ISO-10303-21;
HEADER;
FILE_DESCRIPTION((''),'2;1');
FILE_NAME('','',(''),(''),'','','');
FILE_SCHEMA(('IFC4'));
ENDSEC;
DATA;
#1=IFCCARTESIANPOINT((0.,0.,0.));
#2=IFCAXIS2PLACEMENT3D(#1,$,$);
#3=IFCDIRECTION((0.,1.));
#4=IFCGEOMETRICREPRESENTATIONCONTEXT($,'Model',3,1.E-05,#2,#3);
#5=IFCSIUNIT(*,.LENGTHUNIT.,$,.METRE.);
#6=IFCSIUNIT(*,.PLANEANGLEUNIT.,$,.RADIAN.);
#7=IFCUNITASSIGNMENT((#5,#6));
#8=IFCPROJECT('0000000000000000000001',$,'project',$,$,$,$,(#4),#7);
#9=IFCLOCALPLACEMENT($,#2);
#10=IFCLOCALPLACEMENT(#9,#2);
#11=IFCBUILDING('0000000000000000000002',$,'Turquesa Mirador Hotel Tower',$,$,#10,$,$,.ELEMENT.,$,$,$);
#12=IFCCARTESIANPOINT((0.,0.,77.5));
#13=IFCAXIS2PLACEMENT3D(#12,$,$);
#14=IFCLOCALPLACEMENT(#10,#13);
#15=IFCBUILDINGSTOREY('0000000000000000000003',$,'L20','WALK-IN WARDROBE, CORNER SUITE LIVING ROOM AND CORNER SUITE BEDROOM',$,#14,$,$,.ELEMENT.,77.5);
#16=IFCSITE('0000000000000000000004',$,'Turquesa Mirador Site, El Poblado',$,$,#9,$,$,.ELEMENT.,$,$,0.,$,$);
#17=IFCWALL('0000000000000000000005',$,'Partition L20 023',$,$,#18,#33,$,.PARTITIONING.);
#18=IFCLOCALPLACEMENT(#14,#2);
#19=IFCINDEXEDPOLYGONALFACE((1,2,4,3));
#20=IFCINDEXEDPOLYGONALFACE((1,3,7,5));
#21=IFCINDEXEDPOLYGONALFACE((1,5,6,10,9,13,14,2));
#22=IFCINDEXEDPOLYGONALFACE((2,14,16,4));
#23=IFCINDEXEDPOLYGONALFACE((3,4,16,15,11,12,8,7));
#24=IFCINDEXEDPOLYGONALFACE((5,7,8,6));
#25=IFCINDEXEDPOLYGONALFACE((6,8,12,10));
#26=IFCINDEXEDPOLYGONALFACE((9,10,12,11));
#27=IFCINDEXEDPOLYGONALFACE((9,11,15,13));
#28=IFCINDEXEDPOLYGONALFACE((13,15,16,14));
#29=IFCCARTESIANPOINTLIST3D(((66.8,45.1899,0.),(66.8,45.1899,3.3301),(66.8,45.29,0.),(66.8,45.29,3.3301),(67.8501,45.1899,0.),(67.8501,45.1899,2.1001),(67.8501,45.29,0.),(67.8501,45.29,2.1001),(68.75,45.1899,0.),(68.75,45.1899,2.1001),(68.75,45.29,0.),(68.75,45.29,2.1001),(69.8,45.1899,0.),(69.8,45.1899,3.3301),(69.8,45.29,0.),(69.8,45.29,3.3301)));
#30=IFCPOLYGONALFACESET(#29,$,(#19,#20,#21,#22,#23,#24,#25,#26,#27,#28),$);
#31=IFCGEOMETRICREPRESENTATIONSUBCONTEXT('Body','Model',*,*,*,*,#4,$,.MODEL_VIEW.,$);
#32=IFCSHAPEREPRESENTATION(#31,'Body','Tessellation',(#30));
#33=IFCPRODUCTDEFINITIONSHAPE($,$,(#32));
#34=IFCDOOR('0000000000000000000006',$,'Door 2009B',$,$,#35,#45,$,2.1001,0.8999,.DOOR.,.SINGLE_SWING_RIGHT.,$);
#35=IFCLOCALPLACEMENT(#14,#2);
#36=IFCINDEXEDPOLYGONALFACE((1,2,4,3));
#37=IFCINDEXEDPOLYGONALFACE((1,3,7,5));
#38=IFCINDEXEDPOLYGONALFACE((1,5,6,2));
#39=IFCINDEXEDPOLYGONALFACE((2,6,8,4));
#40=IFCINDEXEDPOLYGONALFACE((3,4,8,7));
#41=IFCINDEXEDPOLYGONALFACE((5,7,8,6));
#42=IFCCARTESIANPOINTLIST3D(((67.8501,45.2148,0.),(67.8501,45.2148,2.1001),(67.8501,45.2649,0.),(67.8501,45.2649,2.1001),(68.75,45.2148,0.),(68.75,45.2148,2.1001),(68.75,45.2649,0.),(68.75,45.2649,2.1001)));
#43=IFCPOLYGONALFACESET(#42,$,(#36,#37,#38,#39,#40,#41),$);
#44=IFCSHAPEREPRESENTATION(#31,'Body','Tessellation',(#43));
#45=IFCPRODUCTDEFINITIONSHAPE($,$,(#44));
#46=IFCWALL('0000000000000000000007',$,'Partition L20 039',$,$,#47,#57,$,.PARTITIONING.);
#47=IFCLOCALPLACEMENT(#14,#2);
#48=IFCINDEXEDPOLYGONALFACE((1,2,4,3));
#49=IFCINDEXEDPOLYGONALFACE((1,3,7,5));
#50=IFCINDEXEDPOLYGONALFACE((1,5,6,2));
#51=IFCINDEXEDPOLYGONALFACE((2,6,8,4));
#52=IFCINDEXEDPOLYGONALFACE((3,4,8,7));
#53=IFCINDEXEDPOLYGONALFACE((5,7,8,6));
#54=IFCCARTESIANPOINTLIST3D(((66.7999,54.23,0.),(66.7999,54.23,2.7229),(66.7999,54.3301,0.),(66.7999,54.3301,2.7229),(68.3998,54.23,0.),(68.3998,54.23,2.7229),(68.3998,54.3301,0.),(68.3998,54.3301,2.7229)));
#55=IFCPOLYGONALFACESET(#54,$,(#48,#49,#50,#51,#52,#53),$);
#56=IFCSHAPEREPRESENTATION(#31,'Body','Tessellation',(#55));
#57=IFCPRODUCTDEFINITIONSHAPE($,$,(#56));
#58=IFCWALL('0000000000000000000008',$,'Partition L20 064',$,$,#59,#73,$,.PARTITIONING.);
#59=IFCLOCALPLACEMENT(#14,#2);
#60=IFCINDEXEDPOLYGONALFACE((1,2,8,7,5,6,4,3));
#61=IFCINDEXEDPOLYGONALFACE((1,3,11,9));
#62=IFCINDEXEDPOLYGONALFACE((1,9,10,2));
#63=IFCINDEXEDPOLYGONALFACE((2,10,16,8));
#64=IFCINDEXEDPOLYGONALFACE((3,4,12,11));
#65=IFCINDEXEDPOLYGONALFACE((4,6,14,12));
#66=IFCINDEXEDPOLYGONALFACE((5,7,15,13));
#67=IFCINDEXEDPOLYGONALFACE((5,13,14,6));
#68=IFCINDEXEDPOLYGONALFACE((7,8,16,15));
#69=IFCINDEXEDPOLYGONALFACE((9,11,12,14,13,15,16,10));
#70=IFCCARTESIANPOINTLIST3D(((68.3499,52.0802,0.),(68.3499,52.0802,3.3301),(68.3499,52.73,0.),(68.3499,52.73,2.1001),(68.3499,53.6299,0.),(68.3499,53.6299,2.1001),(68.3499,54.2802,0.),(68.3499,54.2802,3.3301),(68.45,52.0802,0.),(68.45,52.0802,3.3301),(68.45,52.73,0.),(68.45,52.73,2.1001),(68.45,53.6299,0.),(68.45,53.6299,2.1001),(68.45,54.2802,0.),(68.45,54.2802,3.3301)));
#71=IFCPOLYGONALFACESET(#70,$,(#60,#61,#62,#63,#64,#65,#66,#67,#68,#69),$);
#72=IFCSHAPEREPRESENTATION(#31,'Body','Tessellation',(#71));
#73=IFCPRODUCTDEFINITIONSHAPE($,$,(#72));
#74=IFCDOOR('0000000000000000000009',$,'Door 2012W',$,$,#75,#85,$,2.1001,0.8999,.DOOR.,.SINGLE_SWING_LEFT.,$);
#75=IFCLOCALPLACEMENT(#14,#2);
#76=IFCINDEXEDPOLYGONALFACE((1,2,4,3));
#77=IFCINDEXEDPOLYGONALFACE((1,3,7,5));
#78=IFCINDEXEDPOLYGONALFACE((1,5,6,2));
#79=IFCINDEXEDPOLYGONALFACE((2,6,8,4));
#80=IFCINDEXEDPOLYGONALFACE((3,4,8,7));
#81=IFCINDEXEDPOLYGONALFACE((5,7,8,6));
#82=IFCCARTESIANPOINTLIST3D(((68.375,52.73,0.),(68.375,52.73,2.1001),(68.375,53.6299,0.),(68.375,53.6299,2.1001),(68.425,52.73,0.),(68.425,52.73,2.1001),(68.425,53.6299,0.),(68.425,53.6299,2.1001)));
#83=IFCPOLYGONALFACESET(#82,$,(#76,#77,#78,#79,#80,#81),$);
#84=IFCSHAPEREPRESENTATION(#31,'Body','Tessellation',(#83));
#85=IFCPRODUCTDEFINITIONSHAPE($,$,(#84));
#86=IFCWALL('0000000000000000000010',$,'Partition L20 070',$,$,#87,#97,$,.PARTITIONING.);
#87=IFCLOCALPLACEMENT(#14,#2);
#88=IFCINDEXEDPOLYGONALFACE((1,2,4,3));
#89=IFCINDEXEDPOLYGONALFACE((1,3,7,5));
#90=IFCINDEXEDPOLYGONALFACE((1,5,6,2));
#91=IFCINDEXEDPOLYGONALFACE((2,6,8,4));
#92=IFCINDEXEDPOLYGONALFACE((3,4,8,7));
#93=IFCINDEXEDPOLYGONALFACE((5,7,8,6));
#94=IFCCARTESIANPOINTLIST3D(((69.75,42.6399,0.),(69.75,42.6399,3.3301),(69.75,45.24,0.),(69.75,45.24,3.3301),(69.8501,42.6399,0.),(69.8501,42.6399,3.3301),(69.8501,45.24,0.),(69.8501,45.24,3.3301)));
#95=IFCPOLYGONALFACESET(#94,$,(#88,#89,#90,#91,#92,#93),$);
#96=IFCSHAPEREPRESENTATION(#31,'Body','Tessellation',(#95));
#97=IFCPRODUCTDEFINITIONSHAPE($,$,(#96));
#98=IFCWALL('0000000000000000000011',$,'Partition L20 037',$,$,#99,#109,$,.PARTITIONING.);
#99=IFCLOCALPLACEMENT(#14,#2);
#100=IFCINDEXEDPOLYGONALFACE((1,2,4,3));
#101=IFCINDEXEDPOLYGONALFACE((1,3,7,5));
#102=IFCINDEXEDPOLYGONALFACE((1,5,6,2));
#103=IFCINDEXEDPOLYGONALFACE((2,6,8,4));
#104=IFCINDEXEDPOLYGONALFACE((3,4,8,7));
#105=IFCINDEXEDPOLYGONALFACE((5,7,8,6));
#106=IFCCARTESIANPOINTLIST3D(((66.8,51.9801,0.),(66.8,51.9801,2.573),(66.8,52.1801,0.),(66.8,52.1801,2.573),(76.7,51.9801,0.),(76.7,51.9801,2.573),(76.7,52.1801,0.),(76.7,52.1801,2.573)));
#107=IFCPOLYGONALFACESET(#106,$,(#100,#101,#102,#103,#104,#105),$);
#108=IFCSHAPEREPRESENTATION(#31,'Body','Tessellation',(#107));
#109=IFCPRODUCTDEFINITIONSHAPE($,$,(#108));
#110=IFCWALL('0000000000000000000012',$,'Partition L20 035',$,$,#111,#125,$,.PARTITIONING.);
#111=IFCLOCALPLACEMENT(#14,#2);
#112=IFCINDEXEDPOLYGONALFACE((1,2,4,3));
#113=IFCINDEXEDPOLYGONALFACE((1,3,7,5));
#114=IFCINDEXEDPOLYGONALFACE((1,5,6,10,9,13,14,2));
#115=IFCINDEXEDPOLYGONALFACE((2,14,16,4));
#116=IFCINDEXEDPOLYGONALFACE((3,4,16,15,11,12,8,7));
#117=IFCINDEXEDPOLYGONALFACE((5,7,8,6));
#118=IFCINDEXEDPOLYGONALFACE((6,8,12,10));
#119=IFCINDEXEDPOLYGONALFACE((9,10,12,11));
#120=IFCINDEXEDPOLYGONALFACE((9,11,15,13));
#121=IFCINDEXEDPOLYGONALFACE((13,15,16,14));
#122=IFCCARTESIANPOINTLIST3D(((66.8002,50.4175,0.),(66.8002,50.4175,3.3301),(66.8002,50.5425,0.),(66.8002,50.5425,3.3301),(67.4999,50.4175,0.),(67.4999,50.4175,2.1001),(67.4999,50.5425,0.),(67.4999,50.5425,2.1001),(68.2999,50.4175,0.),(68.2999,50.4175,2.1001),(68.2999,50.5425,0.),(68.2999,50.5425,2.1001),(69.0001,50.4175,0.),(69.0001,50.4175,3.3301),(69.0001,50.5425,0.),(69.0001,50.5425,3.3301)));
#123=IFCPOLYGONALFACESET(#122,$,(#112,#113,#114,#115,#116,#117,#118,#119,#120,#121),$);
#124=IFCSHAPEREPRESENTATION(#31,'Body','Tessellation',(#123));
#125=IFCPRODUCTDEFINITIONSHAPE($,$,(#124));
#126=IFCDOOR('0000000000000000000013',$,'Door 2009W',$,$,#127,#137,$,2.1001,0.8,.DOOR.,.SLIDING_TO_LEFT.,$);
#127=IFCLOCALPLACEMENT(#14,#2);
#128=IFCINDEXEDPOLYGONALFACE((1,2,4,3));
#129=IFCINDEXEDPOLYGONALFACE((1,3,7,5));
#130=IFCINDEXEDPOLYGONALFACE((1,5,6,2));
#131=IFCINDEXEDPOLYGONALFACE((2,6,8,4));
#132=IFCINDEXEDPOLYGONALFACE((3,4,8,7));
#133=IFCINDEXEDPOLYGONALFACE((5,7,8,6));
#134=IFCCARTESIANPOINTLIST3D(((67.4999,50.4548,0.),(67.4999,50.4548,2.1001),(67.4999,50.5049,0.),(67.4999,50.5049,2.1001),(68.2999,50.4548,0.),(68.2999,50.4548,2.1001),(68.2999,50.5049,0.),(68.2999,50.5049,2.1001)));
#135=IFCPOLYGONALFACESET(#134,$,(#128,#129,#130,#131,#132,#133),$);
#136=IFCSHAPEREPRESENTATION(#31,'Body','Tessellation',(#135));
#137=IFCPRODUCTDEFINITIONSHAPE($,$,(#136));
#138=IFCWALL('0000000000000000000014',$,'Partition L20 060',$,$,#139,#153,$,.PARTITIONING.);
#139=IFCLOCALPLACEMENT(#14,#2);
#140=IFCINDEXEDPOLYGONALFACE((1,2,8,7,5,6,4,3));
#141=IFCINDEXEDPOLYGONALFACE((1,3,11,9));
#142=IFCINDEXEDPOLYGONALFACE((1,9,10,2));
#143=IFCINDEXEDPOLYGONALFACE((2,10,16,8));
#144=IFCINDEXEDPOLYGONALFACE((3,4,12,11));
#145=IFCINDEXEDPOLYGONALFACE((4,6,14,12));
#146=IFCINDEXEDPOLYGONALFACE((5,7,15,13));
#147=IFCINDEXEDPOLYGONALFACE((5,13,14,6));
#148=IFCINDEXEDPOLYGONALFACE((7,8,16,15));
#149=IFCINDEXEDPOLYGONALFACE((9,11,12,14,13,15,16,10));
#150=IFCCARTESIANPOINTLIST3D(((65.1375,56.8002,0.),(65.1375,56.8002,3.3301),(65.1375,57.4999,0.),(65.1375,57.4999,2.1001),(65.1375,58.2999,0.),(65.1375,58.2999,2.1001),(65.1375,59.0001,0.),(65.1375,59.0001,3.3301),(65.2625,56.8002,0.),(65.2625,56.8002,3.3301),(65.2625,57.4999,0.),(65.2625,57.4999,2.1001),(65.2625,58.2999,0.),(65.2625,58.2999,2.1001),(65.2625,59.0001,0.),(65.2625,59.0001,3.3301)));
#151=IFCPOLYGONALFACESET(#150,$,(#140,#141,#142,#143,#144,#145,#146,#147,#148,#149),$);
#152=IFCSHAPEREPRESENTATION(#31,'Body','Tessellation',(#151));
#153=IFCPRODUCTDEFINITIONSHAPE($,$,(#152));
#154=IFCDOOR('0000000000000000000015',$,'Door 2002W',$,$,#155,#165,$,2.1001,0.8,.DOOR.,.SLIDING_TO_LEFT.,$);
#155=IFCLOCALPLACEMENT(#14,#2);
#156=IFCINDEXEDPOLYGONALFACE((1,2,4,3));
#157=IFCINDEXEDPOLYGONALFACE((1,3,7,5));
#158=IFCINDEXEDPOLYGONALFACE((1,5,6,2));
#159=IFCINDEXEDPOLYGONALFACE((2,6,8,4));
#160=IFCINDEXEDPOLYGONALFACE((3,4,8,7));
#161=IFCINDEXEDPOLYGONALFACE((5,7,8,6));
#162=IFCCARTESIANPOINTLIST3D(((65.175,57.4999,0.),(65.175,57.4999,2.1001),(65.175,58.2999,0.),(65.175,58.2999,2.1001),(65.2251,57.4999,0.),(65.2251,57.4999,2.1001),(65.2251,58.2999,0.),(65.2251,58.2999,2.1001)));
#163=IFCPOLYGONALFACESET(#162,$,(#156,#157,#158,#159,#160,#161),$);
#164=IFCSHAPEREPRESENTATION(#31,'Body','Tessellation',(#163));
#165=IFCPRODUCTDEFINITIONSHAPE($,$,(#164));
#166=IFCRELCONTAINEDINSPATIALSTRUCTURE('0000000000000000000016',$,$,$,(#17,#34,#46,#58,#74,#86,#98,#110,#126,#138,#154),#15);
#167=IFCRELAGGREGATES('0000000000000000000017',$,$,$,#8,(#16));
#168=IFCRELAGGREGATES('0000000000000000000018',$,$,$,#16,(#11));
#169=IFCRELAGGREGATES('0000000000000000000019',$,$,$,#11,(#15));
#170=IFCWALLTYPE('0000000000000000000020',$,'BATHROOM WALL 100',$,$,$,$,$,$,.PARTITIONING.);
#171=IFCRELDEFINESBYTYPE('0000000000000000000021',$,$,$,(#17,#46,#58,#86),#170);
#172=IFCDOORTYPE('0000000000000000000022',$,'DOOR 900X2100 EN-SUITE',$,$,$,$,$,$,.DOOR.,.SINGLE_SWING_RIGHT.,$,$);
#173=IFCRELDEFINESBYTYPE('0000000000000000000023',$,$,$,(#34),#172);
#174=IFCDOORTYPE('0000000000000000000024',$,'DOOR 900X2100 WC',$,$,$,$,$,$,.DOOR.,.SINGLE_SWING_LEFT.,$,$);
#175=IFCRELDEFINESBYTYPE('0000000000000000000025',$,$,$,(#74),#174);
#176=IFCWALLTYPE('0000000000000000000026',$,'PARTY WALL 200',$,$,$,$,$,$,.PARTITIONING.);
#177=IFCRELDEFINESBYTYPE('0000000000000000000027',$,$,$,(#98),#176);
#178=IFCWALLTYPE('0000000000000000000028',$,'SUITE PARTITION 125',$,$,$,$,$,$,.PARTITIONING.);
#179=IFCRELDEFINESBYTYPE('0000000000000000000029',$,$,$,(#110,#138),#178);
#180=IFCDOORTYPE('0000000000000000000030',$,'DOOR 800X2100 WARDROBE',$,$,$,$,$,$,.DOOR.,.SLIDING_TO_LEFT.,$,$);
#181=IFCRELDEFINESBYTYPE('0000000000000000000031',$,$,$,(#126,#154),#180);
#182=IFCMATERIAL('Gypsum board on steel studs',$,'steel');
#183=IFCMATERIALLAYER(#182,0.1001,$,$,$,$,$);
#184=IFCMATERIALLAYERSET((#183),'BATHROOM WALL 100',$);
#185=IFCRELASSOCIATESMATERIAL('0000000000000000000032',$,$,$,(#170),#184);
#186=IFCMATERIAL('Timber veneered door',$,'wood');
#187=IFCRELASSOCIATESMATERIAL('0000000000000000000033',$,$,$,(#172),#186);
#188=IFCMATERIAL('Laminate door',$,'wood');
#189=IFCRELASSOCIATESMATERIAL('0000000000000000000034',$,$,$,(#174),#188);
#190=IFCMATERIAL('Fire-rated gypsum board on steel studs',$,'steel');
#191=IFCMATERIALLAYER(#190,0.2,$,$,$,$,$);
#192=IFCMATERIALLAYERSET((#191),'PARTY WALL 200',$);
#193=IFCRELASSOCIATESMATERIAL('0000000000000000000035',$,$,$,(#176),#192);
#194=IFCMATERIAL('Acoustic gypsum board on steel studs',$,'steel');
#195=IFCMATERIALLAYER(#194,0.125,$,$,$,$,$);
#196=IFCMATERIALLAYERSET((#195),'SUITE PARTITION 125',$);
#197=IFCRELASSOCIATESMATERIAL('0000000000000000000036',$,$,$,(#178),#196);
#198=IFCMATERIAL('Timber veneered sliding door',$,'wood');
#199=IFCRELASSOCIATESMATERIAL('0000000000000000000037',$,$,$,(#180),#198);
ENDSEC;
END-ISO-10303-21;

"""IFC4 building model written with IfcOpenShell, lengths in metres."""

from ifc_helpers import new_model, si_unit, direction, frame, frame_2d, origin, place, context, subcontext, project, spatial, rectangle, extrude, material, layer, layer_set, type_object, element, fill, save


model = new_model("IFC4")

# Units and contexts
model_context = context("Model", 3, precision=1e-05, world=origin(), true_north=direction((0.0, 1.0)))
body_context = subcontext(model_context, "Body", "Model", "MODEL_VIEW")
ifc_project = project(units=[si_unit("LENGTHUNIT", "METRE"), si_unit("PLANEANGLEUNIT", "RADIAN")], contexts=[model_context])

# Site, building, storey
site_placement = place(None, origin())
site = spatial("IfcSite", under=ifc_project, at=site_placement, Name="Turquesa Mirador Site, El Poblado", CompositionType="ELEMENT", RefElevation=0.0)
building_placement = place(site_placement, origin())
building = spatial("IfcBuilding", under=site, at=building_placement, Name="Turquesa Mirador Hotel Tower", CompositionType="ELEMENT")
storey_placement = place(building_placement, frame((0.0, 0.0, 77.5)))
storey = spatial("IfcBuildingStorey", under=building, at=storey_placement, Name="L20", Description="WALK-IN WARDROBE, CORNER SUITE LIVING ROOM AND CORNER SUITE BEDROOM", CompositionType="ELEMENT", Elevation=77.5)

# Wall, opening, door
ifc_material_1 = material(Name="Gypsum board on steel studs", Category="steel")
ifc_layer_1 = layer(ifc_material_1, 0.1001)
ifc_layer_set_1 = layer_set([ifc_layer_1], Name="BATHROOM WALL 100")
wall_type_1 = type_object("IfcWallType", Name="BATHROOM WALL 100", PredefinedType="PARTITIONING", material=ifc_layer_set_1)
wall_1_placement = place(storey_placement, frame((66.8, 45.24, 0.0), z_axis=(0.0, 0.0, 1.0), x_axis=(1.0, 0.0, 0.0)))
wall_1 = element("IfcWall", 1, at=wall_1_placement, inside=storey, type_object=wall_type_1, Name="Partition L20 023", PredefinedType="PARTITIONING", context=body_context, shape_type="SweptSolid", body=[
    extrude(rectangle(XDim=3.0, YDim=0.1001, at=frame_2d((1.5, 0.0))), origin(), (0.0, 0.0, 1.0), 3.3301),
])
opening_1_placement = place(wall_1_placement, frame((1.05, 0.0, 0.0)))
opening_1 = element("IfcOpeningElement", 2, at=opening_1_placement, cuts=wall_1, PredefinedType="OPENING", context=body_context, shape_type="SweptSolid", body=[
    extrude(rectangle(XDim=0.8999, YDim=2.1001, at=frame_2d((0.45, 1.05))), frame((0.0, 0.0601, 0.0), z_axis=(0.0, -1.0, 0.0), x_axis=(1.0, 0.0, 0.0)), (0.0, 0.0, 1.0), 0.1201),
])
ifc_material_2 = material(Name="Timber veneered door", Category="wood")
door_type_1 = type_object("IfcDoorType", Name="DOOR 900X2100 EN-SUITE", OperationType="SINGLE_SWING_RIGHT", PredefinedType="DOOR", material=ifc_material_2)
door_1_placement = place(opening_1_placement, origin())
door_1 = element("IfcDoor", 3, at=door_1_placement, inside=storey, type_object=door_type_1, Name="Door 2009B", OperationType="SINGLE_SWING_RIGHT", OverallHeight=2.1001, OverallWidth=0.8999, PredefinedType="DOOR", context=body_context, shape_type="SweptSolid", body=[
    extrude(rectangle(XDim=0.8999, YDim=2.1001, at=frame_2d((0.45, 1.05))), frame((0.0, 0.0249, 0.0), z_axis=(0.0, -1.0, 0.0), x_axis=(1.0, 0.0, 0.0)), (0.0, 0.0, 1.0), 0.05),
])
fill(opening_1, door_1)

# Wall
wall_2_placement = place(storey_placement, frame((66.8, 54.28, 0.0), z_axis=(0.0, 0.0, 1.0), x_axis=(1.0, 0.0, 0.0)))
element("IfcWall", 4, at=wall_2_placement, inside=storey, type_object=wall_type_1, Name="Partition L20 039", PredefinedType="PARTITIONING", context=body_context, shape_type="SweptSolid", body=[
    extrude(rectangle(XDim=1.5999, YDim=0.1001, at=frame_2d((0.7998, 0.0))), origin(), (0.0, 0.0, 1.0), 2.7229),
])

# Wall, opening, door
wall_3_placement = place(storey_placement, frame((68.3999, 52.0801, 0.0), z_axis=(0.0, 0.0, 1.0), x_axis=(0.0, 1.0, 0.0)))
wall_3 = element("IfcWall", 5, at=wall_3_placement, inside=storey, type_object=wall_type_1, Name="Partition L20 064", PredefinedType="PARTITIONING", context=body_context, shape_type="SweptSolid", body=[
    extrude(rectangle(XDim=2.2, YDim=0.1001, at=frame_2d((1.1001, 0.0))), origin(), (0.0, 0.0, 1.0), 3.3301),
])
opening_2_placement = place(wall_3_placement, frame((0.6499, 0.0, 0.0)))
opening_2 = element("IfcOpeningElement", 6, at=opening_2_placement, cuts=wall_3, PredefinedType="OPENING", context=body_context, shape_type="SweptSolid", body=[
    extrude(rectangle(XDim=0.8999, YDim=2.1001, at=frame_2d((0.45, 1.05))), frame((0.0, 0.0601, 0.0), z_axis=(0.0, -1.0, 0.0), x_axis=(1.0, 0.0, 0.0)), (0.0, 0.0, 1.0), 0.1201),
])
ifc_material_3 = material(Name="Laminate door", Category="wood")
door_type_2 = type_object("IfcDoorType", Name="DOOR 900X2100 WC", OperationType="SINGLE_SWING_LEFT", PredefinedType="DOOR", material=ifc_material_3)
door_2_placement = place(opening_2_placement, origin())
door_2 = element("IfcDoor", 7, at=door_2_placement, inside=storey, type_object=door_type_2, Name="Door 2012W", OperationType="SINGLE_SWING_LEFT", OverallHeight=2.1001, OverallWidth=0.8999, PredefinedType="DOOR", context=body_context, shape_type="SweptSolid", body=[
    extrude(rectangle(XDim=0.8999, YDim=2.1001, at=frame_2d((0.45, 1.05))), frame((0.0, 0.0249, 0.0), z_axis=(0.0, -1.0, 0.0), x_axis=(1.0, 0.0, 0.0)), (0.0, 0.0, 1.0), 0.05),
])
fill(opening_2, door_2)

# Walls
wall_4_placement = place(storey_placement, frame((69.8, 42.6399, 0.0), z_axis=(0.0, 0.0, 1.0), x_axis=(0.0, 1.0, 0.0)))
element("IfcWall", 8, at=wall_4_placement, inside=storey, type_object=wall_type_1, Name="Partition L20 070", PredefinedType="PARTITIONING", context=body_context, shape_type="SweptSolid", body=[
    extrude(rectangle(XDim=2.6001, YDim=0.1001, at=frame_2d((1.3, 0.0))), origin(), (0.0, 0.0, 1.0), 3.3301),
])
ifc_material_4 = material(Name="Fire-rated gypsum board on steel studs", Category="steel")
ifc_layer_2 = layer(ifc_material_4, 0.2)
ifc_layer_set_2 = layer_set([ifc_layer_2], Name="PARTY WALL 200")
wall_type_2 = type_object("IfcWallType", Name="PARTY WALL 200", PredefinedType="PARTITIONING", material=ifc_layer_set_2)
wall_5_placement = place(storey_placement, frame((66.8, 52.0801, 0.0), z_axis=(0.0, 0.0, 1.0), x_axis=(1.0, 0.0, 0.0)))
element("IfcWall", 9, at=wall_5_placement, inside=storey, type_object=wall_type_2, Name="Partition L20 037", PredefinedType="PARTITIONING", context=body_context, shape_type="SweptSolid", body=[
    extrude(rectangle(XDim=9.8999, YDim=0.2, at=frame_2d((4.95, 0.0))), origin(), (0.0, 0.0, 1.0), 2.573),
])

# Walls, openings, doors
ifc_material_5 = material(Name="Acoustic gypsum board on steel studs", Category="steel")
ifc_layer_3 = layer(ifc_material_5, 0.125)
ifc_layer_set_3 = layer_set([ifc_layer_3], Name="SUITE PARTITION 125")
wall_type_3 = type_object("IfcWallType", Name="SUITE PARTITION 125", PredefinedType="PARTITIONING", material=ifc_layer_set_3)
wall_6_placement = place(storey_placement, frame((66.8, 50.48, 0.0), z_axis=(0.0, 0.0, 1.0), x_axis=(1.0, 0.0, 0.0)))
wall_6 = element("IfcWall", 10, at=wall_6_placement, inside=storey, type_object=wall_type_3, Name="Partition L20 035", PredefinedType="PARTITIONING", context=body_context, shape_type="SweptSolid", body=[
    extrude(rectangle(XDim=2.2, YDim=0.125, at=frame_2d((1.1001, 0.0))), origin(), (0.0, 0.0, 1.0), 3.3301),
])
opening_3_placement = place(wall_6_placement, frame((0.7, 0.0, 0.0)))
opening_3 = element("IfcOpeningElement", 11, at=opening_3_placement, cuts=wall_6, PredefinedType="OPENING", context=body_context, shape_type="SweptSolid", body=[
    extrude(rectangle(XDim=0.8, YDim=2.1001, at=frame_2d((0.3999, 1.05))), frame((0.0, 0.0725, 0.0), z_axis=(0.0, -1.0, 0.0), x_axis=(1.0, 0.0, 0.0)), (0.0, 0.0, 1.0), 0.145),
])
ifc_material_6 = material(Name="Timber veneered sliding door", Category="wood")
door_type_3 = type_object("IfcDoorType", Name="DOOR 800X2100 WARDROBE", OperationType="SLIDING_TO_LEFT", PredefinedType="DOOR", material=ifc_material_6)
door_3_placement = place(opening_3_placement, origin())
door_3 = element("IfcDoor", 12, at=door_3_placement, inside=storey, type_object=door_type_3, Name="Door 2009W", OperationType="SLIDING_TO_LEFT", OverallHeight=2.1001, OverallWidth=0.8, PredefinedType="DOOR", context=body_context, shape_type="SweptSolid", body=[
    extrude(rectangle(XDim=0.8, YDim=2.1001, at=frame_2d((0.3999, 1.05))), frame((0.0, 0.0249, 0.0), z_axis=(0.0, -1.0, 0.0), x_axis=(1.0, 0.0, 0.0)), (0.0, 0.0, 1.0), 0.05),
])
fill(opening_3, door_3)
wall_7_placement = place(storey_placement, frame((65.2, 56.8, 0.0), z_axis=(0.0, 0.0, 1.0), x_axis=(0.0, 1.0, 0.0)))
wall_7 = element("IfcWall", 13, at=wall_7_placement, inside=storey, type_object=wall_type_3, Name="Partition L20 060", PredefinedType="PARTITIONING", context=body_context, shape_type="SweptSolid", body=[
    extrude(rectangle(XDim=2.2, YDim=0.125, at=frame_2d((1.1001, 0.0))), origin(), (0.0, 0.0, 1.0), 3.3301),
])
opening_4_placement = place(wall_7_placement, frame((0.7, 0.0, 0.0)))
opening_4 = element("IfcOpeningElement", 14, at=opening_4_placement, cuts=wall_7, PredefinedType="OPENING", context=body_context, shape_type="SweptSolid", body=[
    extrude(rectangle(XDim=0.8, YDim=2.1001, at=frame_2d((0.3999, 1.05))), frame((0.0, 0.0725, 0.0), z_axis=(0.0, -1.0, 0.0), x_axis=(1.0, 0.0, 0.0)), (0.0, 0.0, 1.0), 0.145),
])
door_4_placement = place(opening_4_placement, origin())
door_4 = element("IfcDoor", 15, at=door_4_placement, inside=storey, type_object=door_type_3, Name="Door 2002W", OperationType="SLIDING_TO_LEFT", OverallHeight=2.1001, OverallWidth=0.8, PredefinedType="DOOR", context=body_context, shape_type="SweptSolid", body=[
    extrude(rectangle(XDim=0.8, YDim=2.1001, at=frame_2d((0.3999, 1.05))), frame((0.0, 0.0249, 0.0), z_axis=(0.0, -1.0, 0.0), x_axis=(1.0, 0.0, 0.0)), (0.0, 0.0, 1.0), 0.05),
])
fill(opening_4, door_4)

save(model, "model.ifc")
